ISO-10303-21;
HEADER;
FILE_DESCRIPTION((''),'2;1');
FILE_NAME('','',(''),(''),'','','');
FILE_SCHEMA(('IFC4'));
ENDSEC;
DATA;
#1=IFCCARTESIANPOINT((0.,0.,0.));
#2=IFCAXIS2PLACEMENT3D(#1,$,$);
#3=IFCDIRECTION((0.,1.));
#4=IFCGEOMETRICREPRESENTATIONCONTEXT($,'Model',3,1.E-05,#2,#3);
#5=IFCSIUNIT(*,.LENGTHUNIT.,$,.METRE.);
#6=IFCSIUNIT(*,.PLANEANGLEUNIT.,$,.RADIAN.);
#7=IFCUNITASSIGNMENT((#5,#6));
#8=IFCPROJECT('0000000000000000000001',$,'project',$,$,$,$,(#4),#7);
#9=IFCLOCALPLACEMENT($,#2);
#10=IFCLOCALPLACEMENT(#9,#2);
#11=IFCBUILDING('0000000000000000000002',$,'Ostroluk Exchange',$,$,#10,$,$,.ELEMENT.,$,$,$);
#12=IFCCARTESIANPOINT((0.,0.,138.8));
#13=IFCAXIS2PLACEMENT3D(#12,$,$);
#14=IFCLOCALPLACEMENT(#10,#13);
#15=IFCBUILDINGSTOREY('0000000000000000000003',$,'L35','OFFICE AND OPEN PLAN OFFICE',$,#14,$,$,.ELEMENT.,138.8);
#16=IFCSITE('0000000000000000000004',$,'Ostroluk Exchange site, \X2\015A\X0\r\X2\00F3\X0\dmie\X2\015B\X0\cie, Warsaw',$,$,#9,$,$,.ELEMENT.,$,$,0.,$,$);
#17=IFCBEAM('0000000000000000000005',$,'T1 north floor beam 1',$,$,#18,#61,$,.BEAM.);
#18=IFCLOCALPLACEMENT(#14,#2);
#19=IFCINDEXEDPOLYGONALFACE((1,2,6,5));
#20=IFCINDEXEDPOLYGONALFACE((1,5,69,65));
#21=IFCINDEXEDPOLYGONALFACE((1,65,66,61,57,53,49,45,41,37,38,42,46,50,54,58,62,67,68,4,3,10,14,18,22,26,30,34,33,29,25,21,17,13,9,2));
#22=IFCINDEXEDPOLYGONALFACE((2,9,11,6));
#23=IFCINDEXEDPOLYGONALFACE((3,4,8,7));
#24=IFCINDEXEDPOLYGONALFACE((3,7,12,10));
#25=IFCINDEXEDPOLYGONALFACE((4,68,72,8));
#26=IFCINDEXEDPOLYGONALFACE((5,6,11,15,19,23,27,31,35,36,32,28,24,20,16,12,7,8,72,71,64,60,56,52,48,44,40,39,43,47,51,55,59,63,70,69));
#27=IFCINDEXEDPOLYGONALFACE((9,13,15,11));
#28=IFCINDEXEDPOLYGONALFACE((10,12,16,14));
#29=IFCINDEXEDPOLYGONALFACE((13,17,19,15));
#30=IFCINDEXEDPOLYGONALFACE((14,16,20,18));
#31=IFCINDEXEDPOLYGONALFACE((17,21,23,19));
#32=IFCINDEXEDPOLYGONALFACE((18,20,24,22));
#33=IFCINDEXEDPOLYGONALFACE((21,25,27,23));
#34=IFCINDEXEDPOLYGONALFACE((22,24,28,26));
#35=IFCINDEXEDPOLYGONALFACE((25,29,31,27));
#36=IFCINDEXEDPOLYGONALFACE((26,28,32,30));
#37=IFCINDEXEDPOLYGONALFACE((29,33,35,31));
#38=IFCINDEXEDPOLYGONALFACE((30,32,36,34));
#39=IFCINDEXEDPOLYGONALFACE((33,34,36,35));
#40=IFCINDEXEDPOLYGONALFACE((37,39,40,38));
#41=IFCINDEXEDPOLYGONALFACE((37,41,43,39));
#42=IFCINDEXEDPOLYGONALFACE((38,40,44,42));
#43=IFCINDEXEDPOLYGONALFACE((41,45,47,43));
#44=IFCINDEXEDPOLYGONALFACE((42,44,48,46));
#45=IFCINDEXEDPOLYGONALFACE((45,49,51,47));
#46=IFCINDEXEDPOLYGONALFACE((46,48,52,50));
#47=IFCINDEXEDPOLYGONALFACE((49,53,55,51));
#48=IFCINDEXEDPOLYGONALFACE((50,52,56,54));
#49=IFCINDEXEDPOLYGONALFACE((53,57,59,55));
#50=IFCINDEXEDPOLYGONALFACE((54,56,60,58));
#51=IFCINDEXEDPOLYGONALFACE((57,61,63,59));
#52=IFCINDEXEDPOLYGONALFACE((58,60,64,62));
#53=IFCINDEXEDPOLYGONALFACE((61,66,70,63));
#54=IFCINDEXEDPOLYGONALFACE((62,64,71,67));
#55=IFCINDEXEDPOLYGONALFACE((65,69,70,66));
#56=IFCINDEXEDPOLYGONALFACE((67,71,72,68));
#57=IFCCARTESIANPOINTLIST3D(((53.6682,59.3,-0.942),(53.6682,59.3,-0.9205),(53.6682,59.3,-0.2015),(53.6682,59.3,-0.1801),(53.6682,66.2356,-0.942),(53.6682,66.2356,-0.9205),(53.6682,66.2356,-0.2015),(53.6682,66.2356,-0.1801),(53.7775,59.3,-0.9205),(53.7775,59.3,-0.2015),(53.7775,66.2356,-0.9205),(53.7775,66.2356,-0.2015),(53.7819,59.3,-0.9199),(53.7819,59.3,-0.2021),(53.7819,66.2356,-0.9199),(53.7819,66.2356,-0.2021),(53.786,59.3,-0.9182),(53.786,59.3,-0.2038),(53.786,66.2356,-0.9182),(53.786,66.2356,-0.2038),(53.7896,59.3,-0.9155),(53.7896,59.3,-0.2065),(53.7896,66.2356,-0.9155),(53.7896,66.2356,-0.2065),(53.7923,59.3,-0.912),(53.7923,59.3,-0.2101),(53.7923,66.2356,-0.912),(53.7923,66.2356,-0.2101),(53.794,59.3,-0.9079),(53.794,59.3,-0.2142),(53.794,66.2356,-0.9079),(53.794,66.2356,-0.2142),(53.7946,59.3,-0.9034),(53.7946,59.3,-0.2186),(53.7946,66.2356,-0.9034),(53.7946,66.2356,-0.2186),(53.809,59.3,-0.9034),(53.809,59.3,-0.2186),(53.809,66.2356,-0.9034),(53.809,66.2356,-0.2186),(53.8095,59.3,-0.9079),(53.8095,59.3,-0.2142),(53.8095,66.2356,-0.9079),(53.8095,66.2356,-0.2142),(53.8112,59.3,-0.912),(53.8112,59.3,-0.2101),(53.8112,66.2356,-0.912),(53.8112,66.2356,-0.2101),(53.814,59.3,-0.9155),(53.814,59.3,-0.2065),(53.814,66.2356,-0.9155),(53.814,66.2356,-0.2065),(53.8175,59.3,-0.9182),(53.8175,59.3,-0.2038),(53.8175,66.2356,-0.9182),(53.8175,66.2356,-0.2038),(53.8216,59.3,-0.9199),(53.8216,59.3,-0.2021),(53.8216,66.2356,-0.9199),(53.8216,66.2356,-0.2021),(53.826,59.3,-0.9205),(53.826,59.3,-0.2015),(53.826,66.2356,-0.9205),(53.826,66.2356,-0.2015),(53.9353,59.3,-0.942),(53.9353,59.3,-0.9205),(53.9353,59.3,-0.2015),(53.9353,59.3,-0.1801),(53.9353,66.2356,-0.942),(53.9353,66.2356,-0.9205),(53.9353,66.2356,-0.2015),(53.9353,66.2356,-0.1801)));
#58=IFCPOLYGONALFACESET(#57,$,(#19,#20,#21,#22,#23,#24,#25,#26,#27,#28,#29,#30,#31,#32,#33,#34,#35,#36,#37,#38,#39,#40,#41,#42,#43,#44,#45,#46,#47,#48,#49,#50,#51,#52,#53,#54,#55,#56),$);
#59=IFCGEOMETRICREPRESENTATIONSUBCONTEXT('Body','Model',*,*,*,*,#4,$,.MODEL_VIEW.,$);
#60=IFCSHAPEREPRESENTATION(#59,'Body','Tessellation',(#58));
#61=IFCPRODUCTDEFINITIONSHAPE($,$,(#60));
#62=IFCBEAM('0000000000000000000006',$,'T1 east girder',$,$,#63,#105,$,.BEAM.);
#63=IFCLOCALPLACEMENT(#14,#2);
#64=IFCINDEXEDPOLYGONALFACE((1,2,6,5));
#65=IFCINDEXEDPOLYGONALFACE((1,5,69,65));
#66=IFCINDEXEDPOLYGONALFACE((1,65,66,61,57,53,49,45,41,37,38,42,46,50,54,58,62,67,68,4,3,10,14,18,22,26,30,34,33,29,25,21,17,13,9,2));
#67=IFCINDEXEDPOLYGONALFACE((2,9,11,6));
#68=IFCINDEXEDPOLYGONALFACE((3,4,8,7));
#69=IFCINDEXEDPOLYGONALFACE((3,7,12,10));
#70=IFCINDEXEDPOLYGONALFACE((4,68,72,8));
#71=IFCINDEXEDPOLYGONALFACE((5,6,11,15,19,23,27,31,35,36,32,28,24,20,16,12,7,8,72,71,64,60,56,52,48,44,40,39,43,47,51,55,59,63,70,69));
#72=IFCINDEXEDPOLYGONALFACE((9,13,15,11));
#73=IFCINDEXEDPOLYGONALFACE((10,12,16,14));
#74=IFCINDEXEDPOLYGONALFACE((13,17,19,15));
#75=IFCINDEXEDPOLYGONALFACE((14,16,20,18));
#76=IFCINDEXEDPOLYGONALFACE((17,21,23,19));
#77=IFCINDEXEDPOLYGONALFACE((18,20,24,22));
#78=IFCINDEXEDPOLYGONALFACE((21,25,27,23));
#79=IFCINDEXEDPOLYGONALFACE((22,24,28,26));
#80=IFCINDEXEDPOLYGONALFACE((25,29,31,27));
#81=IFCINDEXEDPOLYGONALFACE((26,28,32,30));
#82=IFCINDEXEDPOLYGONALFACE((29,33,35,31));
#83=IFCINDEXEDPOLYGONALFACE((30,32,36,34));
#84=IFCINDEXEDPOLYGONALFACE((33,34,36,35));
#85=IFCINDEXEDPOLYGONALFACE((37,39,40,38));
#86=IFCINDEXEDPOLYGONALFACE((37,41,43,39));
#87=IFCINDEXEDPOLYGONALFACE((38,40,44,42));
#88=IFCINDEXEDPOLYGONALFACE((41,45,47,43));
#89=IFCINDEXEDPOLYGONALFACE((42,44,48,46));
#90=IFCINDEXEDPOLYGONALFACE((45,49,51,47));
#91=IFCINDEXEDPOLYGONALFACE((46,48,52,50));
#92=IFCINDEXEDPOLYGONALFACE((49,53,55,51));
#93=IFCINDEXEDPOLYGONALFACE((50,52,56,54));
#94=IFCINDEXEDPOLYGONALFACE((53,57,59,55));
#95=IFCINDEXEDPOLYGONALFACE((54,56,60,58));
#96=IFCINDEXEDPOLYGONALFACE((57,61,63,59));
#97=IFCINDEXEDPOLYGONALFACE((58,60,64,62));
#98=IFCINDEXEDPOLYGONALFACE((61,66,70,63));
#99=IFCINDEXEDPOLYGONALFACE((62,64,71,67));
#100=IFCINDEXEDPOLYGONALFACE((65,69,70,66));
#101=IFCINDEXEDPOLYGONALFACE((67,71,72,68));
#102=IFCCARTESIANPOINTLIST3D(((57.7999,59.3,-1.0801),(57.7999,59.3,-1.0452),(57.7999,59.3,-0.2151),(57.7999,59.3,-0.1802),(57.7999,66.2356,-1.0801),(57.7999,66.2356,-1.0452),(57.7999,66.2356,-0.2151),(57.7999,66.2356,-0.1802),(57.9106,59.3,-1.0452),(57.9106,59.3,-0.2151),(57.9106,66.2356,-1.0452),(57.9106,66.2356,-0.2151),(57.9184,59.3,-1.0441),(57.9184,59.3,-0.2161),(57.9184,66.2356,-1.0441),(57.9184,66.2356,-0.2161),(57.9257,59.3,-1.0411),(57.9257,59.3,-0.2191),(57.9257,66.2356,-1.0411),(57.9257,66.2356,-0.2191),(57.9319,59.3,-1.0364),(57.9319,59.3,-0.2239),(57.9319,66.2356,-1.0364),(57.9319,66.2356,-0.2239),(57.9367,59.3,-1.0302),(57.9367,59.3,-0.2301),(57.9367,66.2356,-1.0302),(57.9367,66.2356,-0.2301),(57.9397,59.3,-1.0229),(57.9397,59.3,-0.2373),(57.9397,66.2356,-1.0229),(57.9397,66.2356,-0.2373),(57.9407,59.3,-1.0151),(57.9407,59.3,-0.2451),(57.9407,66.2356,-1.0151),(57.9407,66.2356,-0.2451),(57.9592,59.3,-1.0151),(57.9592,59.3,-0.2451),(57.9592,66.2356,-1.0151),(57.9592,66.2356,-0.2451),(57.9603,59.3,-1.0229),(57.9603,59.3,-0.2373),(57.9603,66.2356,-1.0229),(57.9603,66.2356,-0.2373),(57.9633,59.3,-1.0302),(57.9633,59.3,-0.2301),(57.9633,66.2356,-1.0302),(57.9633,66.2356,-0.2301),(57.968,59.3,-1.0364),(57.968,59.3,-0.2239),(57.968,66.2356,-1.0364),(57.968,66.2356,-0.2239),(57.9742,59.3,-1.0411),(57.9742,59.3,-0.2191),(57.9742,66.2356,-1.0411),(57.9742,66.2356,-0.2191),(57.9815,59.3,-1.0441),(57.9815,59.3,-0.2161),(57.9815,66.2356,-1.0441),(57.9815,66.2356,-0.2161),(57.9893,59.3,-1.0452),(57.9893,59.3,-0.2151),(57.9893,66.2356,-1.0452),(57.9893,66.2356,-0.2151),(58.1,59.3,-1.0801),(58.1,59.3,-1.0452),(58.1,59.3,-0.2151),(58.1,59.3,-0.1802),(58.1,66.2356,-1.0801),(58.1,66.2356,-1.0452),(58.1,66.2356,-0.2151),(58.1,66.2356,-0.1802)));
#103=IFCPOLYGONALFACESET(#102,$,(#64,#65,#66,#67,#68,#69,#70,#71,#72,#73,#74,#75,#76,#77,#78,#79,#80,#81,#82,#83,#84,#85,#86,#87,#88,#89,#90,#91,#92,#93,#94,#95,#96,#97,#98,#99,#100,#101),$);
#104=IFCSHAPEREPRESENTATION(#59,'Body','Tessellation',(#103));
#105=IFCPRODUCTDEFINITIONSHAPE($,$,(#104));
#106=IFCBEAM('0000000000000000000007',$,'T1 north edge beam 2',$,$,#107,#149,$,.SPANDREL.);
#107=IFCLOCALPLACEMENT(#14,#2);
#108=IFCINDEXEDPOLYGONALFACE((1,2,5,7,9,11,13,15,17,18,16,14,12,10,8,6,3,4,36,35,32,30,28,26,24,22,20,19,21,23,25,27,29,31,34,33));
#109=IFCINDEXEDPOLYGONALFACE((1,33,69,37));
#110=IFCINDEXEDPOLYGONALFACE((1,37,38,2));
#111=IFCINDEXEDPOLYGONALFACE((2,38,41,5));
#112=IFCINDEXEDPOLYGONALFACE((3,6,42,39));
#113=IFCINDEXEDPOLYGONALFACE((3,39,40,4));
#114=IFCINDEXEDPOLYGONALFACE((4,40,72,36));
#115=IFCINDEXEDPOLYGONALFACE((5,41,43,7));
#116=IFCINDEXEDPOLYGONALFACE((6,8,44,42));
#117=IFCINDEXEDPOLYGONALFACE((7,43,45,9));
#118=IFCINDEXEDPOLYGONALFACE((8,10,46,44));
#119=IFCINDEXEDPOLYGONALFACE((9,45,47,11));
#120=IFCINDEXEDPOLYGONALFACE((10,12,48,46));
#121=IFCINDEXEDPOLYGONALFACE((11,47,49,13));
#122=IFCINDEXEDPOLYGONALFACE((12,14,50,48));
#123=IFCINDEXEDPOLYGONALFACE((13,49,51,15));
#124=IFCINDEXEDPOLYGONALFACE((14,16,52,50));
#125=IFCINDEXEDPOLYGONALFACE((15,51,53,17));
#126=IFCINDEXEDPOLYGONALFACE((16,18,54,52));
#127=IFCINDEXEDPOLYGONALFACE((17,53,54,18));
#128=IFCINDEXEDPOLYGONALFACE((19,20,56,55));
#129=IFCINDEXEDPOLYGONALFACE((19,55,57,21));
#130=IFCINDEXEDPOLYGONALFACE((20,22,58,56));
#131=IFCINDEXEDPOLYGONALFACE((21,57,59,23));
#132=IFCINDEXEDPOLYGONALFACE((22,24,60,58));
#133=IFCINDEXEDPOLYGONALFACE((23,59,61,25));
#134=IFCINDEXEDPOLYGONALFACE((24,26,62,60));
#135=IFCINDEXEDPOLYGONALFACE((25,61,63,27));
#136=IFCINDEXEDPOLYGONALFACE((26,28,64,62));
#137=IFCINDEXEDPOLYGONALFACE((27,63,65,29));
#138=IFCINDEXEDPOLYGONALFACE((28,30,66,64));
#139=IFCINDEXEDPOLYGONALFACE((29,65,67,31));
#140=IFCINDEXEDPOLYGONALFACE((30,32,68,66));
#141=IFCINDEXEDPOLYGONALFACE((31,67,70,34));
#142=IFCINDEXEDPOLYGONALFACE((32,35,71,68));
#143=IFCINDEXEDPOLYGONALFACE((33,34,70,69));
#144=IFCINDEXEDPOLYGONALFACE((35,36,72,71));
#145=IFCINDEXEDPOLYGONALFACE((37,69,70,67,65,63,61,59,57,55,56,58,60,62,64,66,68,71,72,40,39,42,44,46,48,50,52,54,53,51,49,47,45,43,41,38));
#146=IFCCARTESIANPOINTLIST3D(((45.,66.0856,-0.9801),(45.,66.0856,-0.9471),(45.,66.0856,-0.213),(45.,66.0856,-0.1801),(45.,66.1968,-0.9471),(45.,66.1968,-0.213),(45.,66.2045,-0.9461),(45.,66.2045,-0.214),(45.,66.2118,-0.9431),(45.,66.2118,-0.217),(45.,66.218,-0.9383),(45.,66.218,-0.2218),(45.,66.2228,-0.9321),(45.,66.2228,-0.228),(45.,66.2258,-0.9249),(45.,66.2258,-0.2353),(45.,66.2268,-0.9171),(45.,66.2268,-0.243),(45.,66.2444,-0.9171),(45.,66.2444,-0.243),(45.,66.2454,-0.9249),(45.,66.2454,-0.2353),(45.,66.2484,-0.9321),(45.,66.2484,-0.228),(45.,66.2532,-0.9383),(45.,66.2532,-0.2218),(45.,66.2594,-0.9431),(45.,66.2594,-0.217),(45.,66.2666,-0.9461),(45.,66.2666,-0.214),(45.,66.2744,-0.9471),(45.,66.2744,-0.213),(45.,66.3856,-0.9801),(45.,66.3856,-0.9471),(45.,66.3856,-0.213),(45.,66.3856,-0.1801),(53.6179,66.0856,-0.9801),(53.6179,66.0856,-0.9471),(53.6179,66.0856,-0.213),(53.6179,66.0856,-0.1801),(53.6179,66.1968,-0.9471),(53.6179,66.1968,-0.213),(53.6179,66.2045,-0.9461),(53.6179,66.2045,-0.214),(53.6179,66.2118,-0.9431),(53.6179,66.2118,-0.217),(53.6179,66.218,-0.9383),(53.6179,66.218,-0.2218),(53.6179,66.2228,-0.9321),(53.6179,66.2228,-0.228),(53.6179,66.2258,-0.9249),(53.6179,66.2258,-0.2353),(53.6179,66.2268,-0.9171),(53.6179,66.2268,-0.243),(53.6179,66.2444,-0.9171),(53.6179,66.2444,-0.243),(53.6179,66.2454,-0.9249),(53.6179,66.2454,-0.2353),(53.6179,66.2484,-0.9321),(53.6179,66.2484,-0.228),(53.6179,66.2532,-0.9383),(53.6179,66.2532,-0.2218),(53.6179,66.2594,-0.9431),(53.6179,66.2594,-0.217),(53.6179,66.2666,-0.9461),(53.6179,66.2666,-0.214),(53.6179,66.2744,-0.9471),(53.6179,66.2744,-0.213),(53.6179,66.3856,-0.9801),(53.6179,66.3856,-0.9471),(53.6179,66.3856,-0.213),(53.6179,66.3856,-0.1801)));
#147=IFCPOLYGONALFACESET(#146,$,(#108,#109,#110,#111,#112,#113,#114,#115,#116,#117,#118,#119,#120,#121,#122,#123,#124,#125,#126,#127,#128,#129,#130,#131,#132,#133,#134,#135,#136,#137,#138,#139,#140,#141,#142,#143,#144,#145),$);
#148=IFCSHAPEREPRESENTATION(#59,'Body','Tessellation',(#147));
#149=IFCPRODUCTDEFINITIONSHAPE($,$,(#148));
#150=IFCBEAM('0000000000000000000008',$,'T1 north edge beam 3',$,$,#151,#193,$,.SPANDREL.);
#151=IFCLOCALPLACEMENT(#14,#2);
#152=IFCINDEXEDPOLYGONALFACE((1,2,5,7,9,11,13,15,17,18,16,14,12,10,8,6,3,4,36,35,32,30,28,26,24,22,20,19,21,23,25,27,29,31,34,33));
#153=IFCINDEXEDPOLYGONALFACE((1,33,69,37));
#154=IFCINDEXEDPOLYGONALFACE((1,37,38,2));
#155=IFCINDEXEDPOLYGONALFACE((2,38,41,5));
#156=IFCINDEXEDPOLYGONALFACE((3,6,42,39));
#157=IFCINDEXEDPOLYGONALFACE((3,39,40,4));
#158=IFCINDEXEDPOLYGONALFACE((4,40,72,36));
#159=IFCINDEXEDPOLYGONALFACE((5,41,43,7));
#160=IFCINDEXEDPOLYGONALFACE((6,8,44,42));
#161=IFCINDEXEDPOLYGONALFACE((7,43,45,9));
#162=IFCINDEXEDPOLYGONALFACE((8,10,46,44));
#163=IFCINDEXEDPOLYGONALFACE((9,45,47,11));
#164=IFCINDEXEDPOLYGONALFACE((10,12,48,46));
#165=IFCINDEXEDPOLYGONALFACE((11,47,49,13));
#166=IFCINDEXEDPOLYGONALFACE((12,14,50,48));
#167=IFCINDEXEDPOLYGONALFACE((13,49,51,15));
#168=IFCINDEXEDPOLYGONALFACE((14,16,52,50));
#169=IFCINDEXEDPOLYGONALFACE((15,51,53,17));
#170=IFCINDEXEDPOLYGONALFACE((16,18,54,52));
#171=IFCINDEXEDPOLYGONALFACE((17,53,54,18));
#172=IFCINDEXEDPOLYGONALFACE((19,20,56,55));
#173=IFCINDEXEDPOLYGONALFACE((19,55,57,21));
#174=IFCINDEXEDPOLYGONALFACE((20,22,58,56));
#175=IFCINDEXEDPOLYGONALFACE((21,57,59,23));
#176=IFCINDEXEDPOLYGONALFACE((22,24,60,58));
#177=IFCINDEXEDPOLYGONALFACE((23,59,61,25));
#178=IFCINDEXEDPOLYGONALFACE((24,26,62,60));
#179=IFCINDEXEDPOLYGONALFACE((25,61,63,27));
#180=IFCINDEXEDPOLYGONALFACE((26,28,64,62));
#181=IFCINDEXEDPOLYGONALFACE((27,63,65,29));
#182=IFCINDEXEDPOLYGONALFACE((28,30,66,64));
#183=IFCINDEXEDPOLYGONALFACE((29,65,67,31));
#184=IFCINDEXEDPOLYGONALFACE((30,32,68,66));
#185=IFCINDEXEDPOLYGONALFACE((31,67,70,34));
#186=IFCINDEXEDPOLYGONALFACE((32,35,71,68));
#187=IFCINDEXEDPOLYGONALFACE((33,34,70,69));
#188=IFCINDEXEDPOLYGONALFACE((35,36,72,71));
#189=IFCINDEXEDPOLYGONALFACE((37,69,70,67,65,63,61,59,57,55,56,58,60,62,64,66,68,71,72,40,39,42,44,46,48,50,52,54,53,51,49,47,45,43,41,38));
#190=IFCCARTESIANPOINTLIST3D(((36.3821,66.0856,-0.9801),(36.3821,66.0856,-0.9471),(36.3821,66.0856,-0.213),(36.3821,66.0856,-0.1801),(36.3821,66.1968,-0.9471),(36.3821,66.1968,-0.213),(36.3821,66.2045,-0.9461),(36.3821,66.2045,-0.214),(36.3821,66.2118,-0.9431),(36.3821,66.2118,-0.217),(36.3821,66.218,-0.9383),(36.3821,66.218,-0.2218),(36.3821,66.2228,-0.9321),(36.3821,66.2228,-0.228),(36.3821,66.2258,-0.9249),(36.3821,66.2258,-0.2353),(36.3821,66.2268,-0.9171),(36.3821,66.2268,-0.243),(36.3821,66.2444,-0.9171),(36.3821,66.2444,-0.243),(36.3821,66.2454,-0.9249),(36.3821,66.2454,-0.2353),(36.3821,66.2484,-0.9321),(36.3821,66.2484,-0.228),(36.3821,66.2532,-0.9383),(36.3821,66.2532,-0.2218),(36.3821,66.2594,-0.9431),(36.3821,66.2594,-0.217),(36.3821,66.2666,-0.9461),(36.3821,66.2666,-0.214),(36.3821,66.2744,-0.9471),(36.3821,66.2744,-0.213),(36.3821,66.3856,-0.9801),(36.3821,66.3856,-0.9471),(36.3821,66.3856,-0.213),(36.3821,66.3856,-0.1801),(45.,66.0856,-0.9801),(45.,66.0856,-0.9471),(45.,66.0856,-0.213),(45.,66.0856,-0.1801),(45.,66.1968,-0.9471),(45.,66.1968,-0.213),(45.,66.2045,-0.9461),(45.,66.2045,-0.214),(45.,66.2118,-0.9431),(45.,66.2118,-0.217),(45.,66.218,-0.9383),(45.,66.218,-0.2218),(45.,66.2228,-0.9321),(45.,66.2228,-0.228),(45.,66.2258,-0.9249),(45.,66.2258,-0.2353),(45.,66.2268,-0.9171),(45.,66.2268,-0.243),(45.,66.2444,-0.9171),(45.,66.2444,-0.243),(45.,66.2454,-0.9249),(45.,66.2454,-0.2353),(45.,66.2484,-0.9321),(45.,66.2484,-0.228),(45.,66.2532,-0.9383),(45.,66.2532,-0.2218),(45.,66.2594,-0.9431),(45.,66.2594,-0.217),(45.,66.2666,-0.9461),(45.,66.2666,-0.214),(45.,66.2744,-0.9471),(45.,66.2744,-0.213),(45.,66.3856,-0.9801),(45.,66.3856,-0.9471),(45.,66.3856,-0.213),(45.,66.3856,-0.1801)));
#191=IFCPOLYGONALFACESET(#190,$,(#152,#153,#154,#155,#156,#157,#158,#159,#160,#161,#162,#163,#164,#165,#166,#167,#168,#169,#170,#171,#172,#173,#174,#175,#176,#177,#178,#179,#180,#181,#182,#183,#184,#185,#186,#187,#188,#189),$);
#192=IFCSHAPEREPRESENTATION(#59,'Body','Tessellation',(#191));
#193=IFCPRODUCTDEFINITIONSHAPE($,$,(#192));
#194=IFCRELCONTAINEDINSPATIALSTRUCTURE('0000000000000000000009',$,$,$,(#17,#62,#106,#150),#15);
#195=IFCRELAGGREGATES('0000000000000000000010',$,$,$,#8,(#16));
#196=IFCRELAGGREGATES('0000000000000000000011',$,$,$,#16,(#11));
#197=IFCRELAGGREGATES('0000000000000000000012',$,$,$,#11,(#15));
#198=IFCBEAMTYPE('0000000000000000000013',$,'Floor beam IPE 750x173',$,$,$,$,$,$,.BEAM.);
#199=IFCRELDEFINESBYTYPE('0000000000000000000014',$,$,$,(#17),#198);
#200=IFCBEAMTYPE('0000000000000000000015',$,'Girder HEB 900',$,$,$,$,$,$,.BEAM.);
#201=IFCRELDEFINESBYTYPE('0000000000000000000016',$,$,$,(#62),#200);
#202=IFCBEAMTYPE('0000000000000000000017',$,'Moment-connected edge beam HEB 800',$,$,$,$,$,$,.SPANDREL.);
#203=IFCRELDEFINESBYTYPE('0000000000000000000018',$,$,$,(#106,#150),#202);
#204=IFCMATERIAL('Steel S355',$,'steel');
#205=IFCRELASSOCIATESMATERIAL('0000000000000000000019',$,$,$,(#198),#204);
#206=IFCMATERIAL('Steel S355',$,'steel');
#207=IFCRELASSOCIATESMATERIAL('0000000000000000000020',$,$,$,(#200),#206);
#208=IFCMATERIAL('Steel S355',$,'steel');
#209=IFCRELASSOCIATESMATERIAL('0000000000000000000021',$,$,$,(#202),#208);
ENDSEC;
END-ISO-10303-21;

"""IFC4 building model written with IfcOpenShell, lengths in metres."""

from ifc_helpers import new_model, si_unit, direction, frame, origin, origin_2d, place, context, subcontext, project, spatial, i_section, extrude, material, material_profile, profile_set, type_object, element, save


model = new_model("IFC4")

# Units and contexts
model_context = context("Model", 3, precision=1e-05, world=origin(), true_north=direction((0.0, 1.0)))
body_context = subcontext(model_context, "Body", "Model", "MODEL_VIEW")
ifc_project = project(units=[si_unit("LENGTHUNIT", "METRE"), si_unit("PLANEANGLEUNIT", "RADIAN")], contexts=[model_context])

# Site, building, storey
site_placement = place(None, origin())
site = spatial("IfcSite", under=ifc_project, at=site_placement, Name="Ostroluk Exchange site, Śródmieście, Warsaw", CompositionType="ELEMENT", RefElevation=0.0)
building_placement = place(site_placement, origin())
building = spatial("IfcBuilding", under=site, at=building_placement, Name="Ostroluk Exchange", CompositionType="ELEMENT")
storey_placement = place(building_placement, frame((0.0, 0.0, 138.8)))
storey = spatial("IfcBuildingStorey", under=building, at=storey_placement, Name="L35", Description="OFFICE AND OPEN PLAN OFFICE", CompositionType="ELEMENT", Elevation=138.8)

# Beams
ifc_material_1 = material(Name="Steel S355", Category="steel")
ifc_material_profile_1 = material_profile(ifc_material_1, i_section(OverallWidth=0.2671, OverallDepth=0.762, WebThickness=0.0144, FlangeThickness=0.0215, FilletRadius=0.0171, at=origin_2d()), Name="IPE 750x173")
ifc_profile_set_1 = profile_set([ifc_material_profile_1], Name="Steel S355")
beam_type_1 = type_object("IfcBeamType", Name="Floor beam IPE 750x173", PredefinedType="BEAM", material=ifc_profile_set_1)
beam_1_placement = place(storey_placement, frame((53.8018, 59.3, -0.561), z_axis=(0.0, 1.0, 0.0), x_axis=(-1.0, 0.0, 0.0)))
element("IfcBeam", 1, at=beam_1_placement, inside=storey, type_object=beam_type_1, Name="T1 north floor beam 1", PredefinedType="BEAM", context=body_context, shape_type="SweptSolid", body=[
    extrude(i_section(OverallWidth=0.2671, OverallDepth=0.762, WebThickness=0.0144, FlangeThickness=0.0215, FilletRadius=0.0171, at=origin_2d()), origin(), (0.0, 0.0, 1.0), 6.9355),
])
ifc_material_2 = material(Name="Steel S355", Category="steel")
ifc_material_profile_2 = material_profile(ifc_material_2, i_section(OverallWidth=0.3, OverallDepth=0.8999, WebThickness=0.0186, FlangeThickness=0.0349, FilletRadius=0.03, at=origin_2d()), Name="HEB 900")
ifc_profile_set_2 = profile_set([ifc_material_profile_2], Name="Steel S355")
beam_type_2 = type_object("IfcBeamType", Name="Girder HEB 900", PredefinedType="BEAM", material=ifc_profile_set_2)
beam_2_placement = place(storey_placement, frame((57.95, 59.3, -0.6301), z_axis=(0.0, 1.0, 0.0), x_axis=(-1.0, 0.0, 0.0)))
element("IfcBeam", 2, at=beam_2_placement, inside=storey, type_object=beam_type_2, Name="T1 east girder", PredefinedType="BEAM", context=body_context, shape_type="SweptSolid", body=[
    extrude(i_section(OverallWidth=0.3, OverallDepth=0.8999, WebThickness=0.0186, FlangeThickness=0.0349, FilletRadius=0.03, at=origin_2d()), origin(), (0.0, 0.0, 1.0), 6.9355),
])
ifc_material_3 = material(Name="Steel S355", Category="steel")
ifc_material_profile_3 = material_profile(ifc_material_3, i_section(OverallWidth=0.3, OverallDepth=0.8, WebThickness=0.0176, FlangeThickness=0.033, FilletRadius=0.03, at=origin_2d()), Name="HEB 800")
ifc_profile_set_3 = profile_set([ifc_material_profile_3], Name="Steel S355")
beam_type_3 = type_object("IfcBeamType", Name="Moment-connected edge beam HEB 800", PredefinedType="SPANDREL", material=ifc_profile_set_3)
for number, where, z_axis, x_axis, name in (
    (3, (53.6179, 66.2356, -0.5801), (-1.0, 0.0, 0.0), (0.0, -1.0, 0.0), "T1 north edge beam 2"),
    (4, (45.0, 66.2356, -0.5801), (-1.0, 0.0, 0.0), (0.0, -1.0, 0.0), "T1 north edge beam 3"),
):
    element("IfcBeam", number, at=place(storey_placement, frame(where, z_axis=z_axis, x_axis=x_axis)), inside=storey, type_object=beam_type_3, Name=name, PredefinedType="SPANDREL", context=body_context, shape_type="SweptSolid", body=[
        extrude(i_section(OverallWidth=0.3, OverallDepth=0.8, WebThickness=0.0176, FlangeThickness=0.033, FilletRadius=0.03, at=origin_2d()), origin(), (0.0, 0.0, 1.0), 8.6179),
    ])

save(model, "model.ifc")
